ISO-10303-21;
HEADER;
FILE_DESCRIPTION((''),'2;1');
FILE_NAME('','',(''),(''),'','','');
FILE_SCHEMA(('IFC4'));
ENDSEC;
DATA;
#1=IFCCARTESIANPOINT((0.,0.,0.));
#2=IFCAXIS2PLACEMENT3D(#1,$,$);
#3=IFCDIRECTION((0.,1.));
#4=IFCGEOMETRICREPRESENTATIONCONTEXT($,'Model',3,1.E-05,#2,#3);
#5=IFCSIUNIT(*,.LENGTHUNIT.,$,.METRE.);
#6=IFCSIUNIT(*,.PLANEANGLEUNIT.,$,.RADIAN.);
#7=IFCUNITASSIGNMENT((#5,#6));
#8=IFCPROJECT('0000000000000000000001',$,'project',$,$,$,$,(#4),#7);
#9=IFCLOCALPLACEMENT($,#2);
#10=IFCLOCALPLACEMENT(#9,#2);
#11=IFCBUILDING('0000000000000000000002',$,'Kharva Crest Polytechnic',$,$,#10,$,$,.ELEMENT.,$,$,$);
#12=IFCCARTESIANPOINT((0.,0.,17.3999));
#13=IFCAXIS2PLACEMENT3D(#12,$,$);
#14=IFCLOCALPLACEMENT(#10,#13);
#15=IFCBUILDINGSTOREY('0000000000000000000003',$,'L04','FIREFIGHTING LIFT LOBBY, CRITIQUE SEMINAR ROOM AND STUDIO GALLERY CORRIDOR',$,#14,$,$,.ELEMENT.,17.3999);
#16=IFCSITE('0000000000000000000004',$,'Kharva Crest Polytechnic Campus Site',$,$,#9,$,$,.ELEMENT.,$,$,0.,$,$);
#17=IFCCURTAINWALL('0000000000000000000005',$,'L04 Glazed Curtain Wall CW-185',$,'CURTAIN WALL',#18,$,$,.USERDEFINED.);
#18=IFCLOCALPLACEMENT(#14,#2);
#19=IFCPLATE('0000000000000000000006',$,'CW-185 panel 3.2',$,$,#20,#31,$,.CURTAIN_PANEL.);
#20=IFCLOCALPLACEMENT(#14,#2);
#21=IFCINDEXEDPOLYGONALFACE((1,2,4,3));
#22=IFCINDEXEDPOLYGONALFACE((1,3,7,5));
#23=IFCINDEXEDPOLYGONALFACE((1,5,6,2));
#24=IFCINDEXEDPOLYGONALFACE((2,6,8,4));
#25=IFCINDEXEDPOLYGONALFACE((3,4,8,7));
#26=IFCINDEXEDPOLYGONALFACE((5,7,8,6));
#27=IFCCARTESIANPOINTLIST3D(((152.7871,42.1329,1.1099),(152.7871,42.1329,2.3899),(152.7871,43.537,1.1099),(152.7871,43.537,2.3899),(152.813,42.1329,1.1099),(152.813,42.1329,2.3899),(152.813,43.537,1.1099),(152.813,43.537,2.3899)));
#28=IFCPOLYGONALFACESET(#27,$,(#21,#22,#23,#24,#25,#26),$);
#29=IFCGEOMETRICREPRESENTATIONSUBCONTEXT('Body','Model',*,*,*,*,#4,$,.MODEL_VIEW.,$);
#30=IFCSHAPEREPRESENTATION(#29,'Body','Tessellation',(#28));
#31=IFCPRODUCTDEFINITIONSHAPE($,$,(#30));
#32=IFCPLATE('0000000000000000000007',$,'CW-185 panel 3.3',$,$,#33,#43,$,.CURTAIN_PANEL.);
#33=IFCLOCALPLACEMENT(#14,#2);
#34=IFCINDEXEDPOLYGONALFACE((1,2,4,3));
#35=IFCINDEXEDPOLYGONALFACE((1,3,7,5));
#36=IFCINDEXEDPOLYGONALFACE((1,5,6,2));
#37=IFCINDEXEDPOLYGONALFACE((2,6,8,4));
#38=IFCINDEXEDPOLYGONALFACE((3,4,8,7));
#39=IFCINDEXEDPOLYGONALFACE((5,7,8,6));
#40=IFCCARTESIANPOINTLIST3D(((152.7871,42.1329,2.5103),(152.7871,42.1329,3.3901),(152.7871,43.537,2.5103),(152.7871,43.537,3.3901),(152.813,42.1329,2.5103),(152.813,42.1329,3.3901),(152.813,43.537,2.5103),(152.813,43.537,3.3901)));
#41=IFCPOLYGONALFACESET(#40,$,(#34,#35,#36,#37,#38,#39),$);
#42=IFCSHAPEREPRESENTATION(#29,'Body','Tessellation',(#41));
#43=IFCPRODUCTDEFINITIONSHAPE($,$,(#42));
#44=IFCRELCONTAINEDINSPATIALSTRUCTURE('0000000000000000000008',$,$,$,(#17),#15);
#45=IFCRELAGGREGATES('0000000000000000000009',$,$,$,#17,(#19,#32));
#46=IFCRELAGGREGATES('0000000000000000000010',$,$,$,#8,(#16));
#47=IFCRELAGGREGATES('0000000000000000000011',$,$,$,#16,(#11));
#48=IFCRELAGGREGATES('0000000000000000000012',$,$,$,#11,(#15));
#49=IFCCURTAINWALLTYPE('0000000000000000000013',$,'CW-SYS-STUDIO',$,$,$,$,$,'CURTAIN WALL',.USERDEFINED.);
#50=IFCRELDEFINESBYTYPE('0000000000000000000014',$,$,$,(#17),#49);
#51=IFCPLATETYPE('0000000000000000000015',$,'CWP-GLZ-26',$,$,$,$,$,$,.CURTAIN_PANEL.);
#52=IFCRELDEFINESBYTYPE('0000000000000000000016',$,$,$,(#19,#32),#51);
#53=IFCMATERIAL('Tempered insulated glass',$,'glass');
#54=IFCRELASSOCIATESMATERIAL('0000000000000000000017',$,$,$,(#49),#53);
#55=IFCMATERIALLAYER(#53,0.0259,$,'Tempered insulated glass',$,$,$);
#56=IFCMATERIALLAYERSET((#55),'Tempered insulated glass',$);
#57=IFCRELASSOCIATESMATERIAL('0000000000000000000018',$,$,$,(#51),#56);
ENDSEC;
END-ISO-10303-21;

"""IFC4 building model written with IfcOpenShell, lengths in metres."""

from ifc_helpers import new_model, si_unit, direction, frame, origin, origin_2d, place, context, subcontext, project, spatial, rectangle, extrude, material, layer, layer_set, type_object, element, aggregate, save


model = new_model("IFC4")

# Units and contexts
model_context = context("Model", 3, precision=1e-05, world=origin(), true_north=direction((0.0, 1.0)))
body_context = subcontext(model_context, "Body", "Model", "MODEL_VIEW")
ifc_project = project(units=[si_unit("LENGTHUNIT", "METRE"), si_unit("PLANEANGLEUNIT", "RADIAN")], contexts=[model_context])

# Site, building, storey
site_placement = place(None, origin())
site = spatial("IfcSite", under=ifc_project, at=site_placement, Name="Kharva Crest Polytechnic Campus Site", CompositionType="ELEMENT", RefElevation=0.0)
building_placement = place(site_placement, origin())
building = spatial("IfcBuilding", under=site, at=building_placement, Name="Kharva Crest Polytechnic", CompositionType="ELEMENT")
storey_placement = place(building_placement, frame((0.0, 0.0, 17.3999)))
storey = spatial("IfcBuildingStorey", under=building, at=storey_placement, Name="L04", Description="FIREFIGHTING LIFT LOBBY, CRITIQUE SEMINAR ROOM AND STUDIO GALLERY CORRIDOR", CompositionType="ELEMENT", Elevation=17.3999)

# Curtain wall
ifc_material_1 = material(Name="Tempered insulated glass", Category="glass")
curtain_wall_type = type_object("IfcCurtainWallType", Name="CW-SYS-STUDIO", ElementType="CURTAIN WALL", PredefinedType="USERDEFINED", material=ifc_material_1)
curtain_wall_1_placement = place(storey_placement, origin())
curtain_wall_1 = element("IfcCurtainWall", 1, at=curtain_wall_1_placement, inside=storey, type_object=curtain_wall_type, Name="L04 Glazed Curtain Wall CW-185", ObjectType="CURTAIN WALL", PredefinedType="USERDEFINED")

# Plates
ifc_layer = layer(ifc_material_1, 0.0259, Name="Tempered insulated glass")
ifc_layer_set = layer_set([ifc_layer], Name="Tempered insulated glass")
plate_type = type_object("IfcPlateType", Name="CWP-GLZ-26", PredefinedType="CURTAIN_PANEL", material=ifc_layer_set)
plate_1_placement = place(storey_placement, frame((152.8, 42.835, 1.1099), z_axis=(0.0, 0.0, 1.0), x_axis=(0.0, -1.0, 0.0)))
plate_1 = element("IfcPlate", 2, at=plate_1_placement, type_object=plate_type, Name="CW-185 panel 3.2", PredefinedType="CURTAIN_PANEL", context=body_context, shape_type="SweptSolid", body=[
    extrude(rectangle(XDim=1.4041, YDim=0.0259, at=origin_2d()), origin(), (0.0, 0.0, 1.0), 1.28),
])
plate_2_placement = place(storey_placement, frame((152.8, 42.835, 2.5103), z_axis=(0.0, 0.0, 1.0), x_axis=(0.0, -1.0, 0.0)))
plate_2 = element("IfcPlate", 3, at=plate_2_placement, type_object=plate_type, Name="CW-185 panel 3.3", PredefinedType="CURTAIN_PANEL", context=body_context, shape_type="SweptSolid", body=[
    extrude(rectangle(XDim=1.4041, YDim=0.0259, at=origin_2d()), origin(), (0.0, 0.0, 1.0), 0.8799),
])
aggregate(curtain_wall_1, [plate_1, plate_2])

save(model, "model.ifc")
